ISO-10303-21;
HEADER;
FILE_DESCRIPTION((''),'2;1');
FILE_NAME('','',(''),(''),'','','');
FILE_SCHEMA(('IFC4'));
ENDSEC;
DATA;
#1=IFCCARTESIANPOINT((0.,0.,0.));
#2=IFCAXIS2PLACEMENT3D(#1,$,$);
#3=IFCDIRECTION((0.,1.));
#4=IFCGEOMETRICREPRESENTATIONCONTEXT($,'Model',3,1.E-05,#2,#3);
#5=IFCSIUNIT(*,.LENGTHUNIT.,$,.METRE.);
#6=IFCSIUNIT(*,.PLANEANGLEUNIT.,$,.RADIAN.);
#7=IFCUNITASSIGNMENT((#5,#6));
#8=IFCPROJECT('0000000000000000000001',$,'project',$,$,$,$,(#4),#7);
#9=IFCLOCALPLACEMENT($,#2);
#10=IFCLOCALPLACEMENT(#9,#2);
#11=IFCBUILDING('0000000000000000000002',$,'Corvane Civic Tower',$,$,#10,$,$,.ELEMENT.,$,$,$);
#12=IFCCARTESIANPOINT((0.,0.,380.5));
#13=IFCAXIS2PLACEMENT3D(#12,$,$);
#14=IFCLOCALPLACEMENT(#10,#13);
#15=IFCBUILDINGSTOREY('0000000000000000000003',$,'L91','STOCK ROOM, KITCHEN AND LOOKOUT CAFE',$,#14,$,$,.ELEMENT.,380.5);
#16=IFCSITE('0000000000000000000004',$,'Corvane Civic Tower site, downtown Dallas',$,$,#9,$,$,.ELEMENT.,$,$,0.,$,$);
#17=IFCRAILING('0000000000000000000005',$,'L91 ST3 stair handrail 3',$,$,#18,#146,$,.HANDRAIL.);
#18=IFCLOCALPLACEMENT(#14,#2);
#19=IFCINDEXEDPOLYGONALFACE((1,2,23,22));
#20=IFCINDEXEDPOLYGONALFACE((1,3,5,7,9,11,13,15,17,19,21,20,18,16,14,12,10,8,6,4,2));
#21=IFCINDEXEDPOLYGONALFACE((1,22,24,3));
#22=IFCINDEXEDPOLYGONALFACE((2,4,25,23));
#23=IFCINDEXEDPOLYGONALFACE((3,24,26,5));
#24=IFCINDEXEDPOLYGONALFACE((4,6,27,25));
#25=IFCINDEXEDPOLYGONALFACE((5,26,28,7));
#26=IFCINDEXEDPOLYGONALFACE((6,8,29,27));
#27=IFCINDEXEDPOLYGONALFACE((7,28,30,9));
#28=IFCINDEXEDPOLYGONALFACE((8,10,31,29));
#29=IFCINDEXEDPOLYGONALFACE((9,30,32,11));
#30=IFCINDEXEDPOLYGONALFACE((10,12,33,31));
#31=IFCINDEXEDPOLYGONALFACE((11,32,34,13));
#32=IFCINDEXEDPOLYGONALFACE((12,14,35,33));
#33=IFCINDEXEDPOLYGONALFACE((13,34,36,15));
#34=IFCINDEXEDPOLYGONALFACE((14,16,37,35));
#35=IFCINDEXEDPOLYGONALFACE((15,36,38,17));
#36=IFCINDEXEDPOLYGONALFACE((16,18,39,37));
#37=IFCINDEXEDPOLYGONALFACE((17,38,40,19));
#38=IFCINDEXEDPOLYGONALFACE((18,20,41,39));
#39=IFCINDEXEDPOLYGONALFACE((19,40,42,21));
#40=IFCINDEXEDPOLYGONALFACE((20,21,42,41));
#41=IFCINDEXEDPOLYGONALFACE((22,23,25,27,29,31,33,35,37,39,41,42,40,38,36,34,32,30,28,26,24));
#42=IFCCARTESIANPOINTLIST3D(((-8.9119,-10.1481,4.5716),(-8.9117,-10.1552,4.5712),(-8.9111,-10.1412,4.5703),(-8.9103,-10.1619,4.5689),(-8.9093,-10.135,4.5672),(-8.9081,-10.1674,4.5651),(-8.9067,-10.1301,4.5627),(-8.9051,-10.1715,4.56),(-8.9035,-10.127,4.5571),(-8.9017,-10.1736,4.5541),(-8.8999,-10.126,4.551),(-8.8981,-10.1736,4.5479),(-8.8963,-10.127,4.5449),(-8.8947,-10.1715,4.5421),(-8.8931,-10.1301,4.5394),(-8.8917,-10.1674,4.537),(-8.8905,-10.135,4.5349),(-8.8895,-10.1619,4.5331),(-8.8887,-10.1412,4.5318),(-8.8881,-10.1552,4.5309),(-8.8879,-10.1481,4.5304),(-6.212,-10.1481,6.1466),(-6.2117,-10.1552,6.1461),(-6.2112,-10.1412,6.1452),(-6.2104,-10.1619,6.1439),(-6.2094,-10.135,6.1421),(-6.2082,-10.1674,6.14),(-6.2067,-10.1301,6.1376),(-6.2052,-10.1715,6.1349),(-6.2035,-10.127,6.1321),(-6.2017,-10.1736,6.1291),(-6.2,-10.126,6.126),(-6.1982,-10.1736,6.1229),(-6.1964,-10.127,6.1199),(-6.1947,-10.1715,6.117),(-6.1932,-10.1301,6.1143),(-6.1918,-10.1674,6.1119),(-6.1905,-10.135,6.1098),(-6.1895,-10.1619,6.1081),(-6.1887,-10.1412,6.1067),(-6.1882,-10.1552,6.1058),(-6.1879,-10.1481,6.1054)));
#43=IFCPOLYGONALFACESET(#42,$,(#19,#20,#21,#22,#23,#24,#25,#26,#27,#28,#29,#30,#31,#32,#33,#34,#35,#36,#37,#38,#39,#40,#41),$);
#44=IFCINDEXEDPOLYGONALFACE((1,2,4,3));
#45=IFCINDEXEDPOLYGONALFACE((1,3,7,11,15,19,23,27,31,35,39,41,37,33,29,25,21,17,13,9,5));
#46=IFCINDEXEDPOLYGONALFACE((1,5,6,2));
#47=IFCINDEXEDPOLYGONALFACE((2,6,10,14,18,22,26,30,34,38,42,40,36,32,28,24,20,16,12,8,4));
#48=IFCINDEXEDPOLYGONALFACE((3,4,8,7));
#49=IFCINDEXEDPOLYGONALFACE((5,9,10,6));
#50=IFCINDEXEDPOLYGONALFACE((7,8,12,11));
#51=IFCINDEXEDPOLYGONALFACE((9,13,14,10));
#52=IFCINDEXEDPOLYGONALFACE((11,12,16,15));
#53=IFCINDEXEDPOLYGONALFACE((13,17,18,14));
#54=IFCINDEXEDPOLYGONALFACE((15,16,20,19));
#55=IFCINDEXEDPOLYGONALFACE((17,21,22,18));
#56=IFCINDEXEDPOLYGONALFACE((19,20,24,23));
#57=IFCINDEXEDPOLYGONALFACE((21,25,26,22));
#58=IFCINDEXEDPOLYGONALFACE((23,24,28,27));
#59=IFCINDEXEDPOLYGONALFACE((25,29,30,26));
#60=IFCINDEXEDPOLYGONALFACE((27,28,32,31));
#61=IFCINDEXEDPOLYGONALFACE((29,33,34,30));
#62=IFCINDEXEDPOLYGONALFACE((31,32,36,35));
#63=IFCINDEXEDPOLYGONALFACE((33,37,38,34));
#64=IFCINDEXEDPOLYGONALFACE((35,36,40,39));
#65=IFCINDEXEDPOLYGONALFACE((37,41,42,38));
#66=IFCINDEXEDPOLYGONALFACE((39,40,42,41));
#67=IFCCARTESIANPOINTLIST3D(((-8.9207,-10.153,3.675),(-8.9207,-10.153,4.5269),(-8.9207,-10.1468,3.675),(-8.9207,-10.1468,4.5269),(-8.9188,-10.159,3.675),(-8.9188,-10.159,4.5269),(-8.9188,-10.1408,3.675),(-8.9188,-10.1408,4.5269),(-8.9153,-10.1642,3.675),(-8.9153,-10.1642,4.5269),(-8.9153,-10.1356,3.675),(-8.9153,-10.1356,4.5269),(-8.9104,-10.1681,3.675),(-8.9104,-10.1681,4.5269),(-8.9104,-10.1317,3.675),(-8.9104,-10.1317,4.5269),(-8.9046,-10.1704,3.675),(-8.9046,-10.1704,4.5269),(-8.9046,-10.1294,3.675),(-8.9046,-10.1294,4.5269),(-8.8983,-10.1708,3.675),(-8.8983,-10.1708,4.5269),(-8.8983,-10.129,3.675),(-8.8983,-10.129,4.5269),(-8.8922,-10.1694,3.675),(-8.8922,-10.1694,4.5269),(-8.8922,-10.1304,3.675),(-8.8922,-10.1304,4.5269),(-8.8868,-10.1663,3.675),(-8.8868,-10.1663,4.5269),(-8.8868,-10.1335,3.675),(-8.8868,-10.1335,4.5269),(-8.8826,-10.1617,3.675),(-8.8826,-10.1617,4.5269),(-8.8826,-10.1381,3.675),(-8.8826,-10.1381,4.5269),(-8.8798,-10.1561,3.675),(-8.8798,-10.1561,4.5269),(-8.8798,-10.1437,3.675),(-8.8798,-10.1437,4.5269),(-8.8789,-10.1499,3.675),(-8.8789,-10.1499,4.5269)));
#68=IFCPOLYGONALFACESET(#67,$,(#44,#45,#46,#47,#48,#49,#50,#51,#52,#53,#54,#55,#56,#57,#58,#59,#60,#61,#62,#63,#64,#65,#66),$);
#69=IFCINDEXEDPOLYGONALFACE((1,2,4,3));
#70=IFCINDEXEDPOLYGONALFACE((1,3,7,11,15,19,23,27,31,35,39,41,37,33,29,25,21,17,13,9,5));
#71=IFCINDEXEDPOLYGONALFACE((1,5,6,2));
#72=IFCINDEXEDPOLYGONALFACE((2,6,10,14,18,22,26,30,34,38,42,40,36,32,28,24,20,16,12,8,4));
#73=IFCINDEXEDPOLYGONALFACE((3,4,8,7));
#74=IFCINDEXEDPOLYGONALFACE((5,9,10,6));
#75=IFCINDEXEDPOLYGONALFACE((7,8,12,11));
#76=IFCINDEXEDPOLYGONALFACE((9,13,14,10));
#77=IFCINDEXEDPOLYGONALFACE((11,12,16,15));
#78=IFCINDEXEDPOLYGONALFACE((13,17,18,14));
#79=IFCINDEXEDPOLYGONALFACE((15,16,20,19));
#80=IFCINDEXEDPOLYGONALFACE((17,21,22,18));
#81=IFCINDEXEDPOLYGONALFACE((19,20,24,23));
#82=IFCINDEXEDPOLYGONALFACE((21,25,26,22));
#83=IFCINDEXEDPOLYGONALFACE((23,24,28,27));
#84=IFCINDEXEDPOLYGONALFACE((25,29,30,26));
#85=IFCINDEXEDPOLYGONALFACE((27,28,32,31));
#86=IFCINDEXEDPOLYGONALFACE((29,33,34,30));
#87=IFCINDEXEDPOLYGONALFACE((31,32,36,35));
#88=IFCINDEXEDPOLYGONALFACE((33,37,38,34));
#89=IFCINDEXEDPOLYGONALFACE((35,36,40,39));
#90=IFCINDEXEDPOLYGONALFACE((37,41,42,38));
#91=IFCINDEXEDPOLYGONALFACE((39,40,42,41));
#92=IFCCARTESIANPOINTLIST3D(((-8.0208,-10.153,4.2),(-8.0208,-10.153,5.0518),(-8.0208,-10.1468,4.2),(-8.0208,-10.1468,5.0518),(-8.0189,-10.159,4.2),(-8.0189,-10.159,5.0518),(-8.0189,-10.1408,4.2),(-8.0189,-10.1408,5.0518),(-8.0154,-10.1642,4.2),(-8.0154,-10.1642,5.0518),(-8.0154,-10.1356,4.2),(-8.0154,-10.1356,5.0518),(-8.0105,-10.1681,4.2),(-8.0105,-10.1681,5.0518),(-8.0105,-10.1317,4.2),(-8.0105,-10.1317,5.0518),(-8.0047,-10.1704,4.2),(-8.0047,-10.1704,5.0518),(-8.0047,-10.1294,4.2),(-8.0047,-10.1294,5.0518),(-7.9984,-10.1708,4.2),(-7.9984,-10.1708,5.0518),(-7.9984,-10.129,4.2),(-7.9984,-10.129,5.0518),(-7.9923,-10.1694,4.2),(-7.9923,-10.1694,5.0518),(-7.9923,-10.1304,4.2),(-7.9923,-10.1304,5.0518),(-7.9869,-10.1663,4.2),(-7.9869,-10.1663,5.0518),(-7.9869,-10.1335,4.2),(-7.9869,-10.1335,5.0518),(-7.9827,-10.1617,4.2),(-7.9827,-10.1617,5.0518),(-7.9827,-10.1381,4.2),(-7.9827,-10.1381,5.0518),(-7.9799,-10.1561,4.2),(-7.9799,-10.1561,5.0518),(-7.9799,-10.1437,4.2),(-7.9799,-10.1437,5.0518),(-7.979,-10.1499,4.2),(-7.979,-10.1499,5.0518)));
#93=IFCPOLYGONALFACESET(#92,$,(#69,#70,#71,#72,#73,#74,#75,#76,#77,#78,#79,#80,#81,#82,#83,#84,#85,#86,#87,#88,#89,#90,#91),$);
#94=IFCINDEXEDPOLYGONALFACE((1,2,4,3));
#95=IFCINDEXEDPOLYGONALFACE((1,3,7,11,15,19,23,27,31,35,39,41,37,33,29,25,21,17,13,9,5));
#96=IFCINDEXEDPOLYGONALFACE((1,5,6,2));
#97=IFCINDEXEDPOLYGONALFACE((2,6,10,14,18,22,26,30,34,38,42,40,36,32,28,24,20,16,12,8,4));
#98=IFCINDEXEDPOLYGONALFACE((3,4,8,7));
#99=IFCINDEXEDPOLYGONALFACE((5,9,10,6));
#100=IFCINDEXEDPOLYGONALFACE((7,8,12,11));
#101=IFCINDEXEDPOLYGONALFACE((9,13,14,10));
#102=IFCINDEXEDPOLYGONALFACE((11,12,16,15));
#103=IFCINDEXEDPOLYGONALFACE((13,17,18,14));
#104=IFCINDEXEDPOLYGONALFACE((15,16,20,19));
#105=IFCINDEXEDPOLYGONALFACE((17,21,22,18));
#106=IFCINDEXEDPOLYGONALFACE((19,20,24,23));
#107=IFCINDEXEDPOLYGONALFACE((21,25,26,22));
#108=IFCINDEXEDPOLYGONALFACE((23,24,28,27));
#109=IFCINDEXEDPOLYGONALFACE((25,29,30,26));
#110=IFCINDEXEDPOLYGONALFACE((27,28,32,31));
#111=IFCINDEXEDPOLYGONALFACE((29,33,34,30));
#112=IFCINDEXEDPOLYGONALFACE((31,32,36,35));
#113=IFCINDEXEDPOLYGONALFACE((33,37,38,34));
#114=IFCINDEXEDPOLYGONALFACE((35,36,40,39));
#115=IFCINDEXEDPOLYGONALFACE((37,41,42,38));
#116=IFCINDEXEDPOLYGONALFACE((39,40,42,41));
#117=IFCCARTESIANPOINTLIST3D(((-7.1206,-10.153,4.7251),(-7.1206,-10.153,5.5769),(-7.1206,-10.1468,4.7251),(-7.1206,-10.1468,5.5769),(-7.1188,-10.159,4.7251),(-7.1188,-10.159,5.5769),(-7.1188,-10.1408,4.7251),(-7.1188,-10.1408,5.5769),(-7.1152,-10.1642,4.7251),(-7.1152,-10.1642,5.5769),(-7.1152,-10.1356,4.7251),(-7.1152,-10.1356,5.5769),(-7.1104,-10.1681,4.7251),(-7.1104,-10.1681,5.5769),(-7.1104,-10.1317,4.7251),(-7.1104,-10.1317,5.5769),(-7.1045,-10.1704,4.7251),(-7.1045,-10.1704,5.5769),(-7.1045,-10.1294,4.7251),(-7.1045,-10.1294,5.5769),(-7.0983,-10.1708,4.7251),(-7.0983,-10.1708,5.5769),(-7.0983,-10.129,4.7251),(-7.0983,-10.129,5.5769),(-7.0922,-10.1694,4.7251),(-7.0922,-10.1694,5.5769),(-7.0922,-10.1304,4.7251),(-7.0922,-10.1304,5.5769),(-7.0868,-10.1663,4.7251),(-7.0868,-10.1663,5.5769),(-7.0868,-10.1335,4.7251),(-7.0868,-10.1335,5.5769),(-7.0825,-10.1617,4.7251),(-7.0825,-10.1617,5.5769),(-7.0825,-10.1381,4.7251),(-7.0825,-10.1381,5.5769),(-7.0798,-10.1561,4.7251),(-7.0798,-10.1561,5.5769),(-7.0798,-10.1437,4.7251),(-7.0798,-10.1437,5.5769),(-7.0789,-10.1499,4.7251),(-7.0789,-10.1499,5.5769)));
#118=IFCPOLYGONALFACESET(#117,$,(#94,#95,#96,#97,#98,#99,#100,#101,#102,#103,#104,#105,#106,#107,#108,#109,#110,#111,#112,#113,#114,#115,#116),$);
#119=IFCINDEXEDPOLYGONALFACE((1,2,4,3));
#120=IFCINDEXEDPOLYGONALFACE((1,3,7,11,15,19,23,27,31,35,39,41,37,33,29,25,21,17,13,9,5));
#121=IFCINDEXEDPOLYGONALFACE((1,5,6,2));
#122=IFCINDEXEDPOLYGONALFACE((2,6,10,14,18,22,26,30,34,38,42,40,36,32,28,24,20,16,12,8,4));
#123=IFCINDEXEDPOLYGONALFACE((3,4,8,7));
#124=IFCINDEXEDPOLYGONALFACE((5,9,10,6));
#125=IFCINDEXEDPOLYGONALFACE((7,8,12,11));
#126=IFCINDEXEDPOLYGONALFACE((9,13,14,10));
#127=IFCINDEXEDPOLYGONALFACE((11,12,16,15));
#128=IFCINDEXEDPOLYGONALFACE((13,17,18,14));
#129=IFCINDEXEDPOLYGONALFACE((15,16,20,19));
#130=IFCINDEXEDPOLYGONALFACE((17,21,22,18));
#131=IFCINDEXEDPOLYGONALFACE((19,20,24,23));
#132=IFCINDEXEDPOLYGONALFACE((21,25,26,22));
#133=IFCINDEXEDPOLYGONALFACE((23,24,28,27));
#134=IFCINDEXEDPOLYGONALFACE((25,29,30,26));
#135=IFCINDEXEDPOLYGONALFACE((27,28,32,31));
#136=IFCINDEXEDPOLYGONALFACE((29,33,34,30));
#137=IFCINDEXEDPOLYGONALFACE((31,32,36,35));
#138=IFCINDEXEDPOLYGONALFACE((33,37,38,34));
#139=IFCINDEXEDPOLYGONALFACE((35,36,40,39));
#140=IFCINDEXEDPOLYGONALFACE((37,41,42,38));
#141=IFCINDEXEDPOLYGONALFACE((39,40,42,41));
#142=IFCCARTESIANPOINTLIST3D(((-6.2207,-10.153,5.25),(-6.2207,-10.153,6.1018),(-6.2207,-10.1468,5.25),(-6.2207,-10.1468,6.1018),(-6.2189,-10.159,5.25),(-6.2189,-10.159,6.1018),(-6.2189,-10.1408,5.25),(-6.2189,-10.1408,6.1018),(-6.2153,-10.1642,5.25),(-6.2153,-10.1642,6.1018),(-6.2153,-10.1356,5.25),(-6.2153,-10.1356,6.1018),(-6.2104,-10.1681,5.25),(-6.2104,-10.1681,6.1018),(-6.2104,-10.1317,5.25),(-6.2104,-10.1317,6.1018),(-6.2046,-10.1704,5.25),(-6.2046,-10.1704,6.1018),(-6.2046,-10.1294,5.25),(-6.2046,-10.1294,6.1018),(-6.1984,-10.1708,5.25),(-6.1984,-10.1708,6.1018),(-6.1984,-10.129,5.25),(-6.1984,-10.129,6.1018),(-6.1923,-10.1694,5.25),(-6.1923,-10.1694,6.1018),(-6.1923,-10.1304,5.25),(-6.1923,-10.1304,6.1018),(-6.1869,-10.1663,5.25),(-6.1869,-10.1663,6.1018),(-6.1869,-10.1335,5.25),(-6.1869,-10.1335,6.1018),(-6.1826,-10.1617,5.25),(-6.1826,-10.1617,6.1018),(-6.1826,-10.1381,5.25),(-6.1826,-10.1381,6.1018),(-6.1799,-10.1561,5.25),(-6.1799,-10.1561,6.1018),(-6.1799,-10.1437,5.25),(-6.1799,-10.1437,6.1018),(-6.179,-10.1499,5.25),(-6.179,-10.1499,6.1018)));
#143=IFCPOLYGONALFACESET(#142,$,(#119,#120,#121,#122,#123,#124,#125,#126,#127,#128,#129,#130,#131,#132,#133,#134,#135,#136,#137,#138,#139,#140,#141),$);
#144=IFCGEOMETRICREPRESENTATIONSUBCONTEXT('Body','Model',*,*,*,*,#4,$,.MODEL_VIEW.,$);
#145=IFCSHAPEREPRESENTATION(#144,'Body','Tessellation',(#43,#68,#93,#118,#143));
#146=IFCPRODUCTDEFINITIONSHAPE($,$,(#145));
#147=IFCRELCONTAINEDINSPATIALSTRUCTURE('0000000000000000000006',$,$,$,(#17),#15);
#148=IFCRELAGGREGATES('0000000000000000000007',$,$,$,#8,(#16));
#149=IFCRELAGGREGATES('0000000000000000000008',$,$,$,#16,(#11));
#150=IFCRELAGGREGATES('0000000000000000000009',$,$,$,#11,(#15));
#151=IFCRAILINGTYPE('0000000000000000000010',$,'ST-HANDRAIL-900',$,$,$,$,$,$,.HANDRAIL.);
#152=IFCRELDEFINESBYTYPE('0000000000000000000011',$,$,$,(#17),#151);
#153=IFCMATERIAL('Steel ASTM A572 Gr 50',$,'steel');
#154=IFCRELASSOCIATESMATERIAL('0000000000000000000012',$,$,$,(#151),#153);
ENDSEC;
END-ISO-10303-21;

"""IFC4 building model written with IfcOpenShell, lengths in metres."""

from ifc_helpers import new_model, si_unit, direction, frame, origin, origin_2d, place, context, subcontext, project, spatial, circle, extrude, material, type_object, element, save


model = new_model("IFC4")

# Units and contexts
model_context = context("Model", 3, precision=1e-05, world=origin(), true_north=direction((0.0, 1.0)))
body_context = subcontext(model_context, "Body", "Model", "MODEL_VIEW")
ifc_project = project(units=[si_unit("LENGTHUNIT", "METRE"), si_unit("PLANEANGLEUNIT", "RADIAN")], contexts=[model_context])

# Site, building, storey
site_placement = place(None, origin())
site = spatial("IfcSite", under=ifc_project, at=site_placement, Name="Corvane Civic Tower site, downtown Dallas", CompositionType="ELEMENT", RefElevation=0.0)
building_placement = place(site_placement, origin())
building = spatial("IfcBuilding", under=site, at=building_placement, Name="Corvane Civic Tower", CompositionType="ELEMENT")
storey_placement = place(building_placement, frame((0.0, 0.0, 380.5)))
storey = spatial("IfcBuildingStorey", under=building, at=storey_placement, Name="L91", Description="STOCK ROOM, KITCHEN AND LOOKOUT CAFE", CompositionType="ELEMENT", Elevation=380.5)

# Railing
ifc_material_1 = material(Name="Steel ASTM A572 Gr 50", Category="steel")
railing_type_1 = type_object("IfcRailingType", Name="ST-HANDRAIL-900", PredefinedType="HANDRAIL", material=ifc_material_1)
for number, where, name in (
    (1, (-8.8999, -10.1499, 3.675), "L91 ST3 stair handrail 3"),
):
    element("IfcRailing", number, at=place(storey_placement, frame(where)), inside=storey, type_object=railing_type_1, Name=name, PredefinedType="HANDRAIL", context=body_context, shape_type="SweptSolid", body=[
        extrude(circle(Radius=0.0239, at=origin_2d()), frame((0.0, 0.0, 0.876), z_axis=(0.863782, 0.0, 0.503866), x_axis=(0.0, 1.0, 0.0)), (0.0, 0.0, 1.0), 3.1257),
        extrude(circle(Radius=0.021, at=origin_2d()), origin(), (0.0, 0.0, 1.0), 0.8518),
        extrude(circle(Radius=0.021, at=origin_2d()), frame((0.8999, 0.0, 0.5249)), (0.0, 0.0, 1.0), 0.8518),
        extrude(circle(Radius=0.021, at=origin_2d()), frame((1.8, 0.0, 1.05)), (0.0, 0.0, 1.0), 0.8518),
        extrude(circle(Radius=0.021, at=origin_2d()), frame((2.7, 0.0, 1.575)), (0.0, 0.0, 1.0), 0.8518),
    ])

save(model, "model.ifc")
